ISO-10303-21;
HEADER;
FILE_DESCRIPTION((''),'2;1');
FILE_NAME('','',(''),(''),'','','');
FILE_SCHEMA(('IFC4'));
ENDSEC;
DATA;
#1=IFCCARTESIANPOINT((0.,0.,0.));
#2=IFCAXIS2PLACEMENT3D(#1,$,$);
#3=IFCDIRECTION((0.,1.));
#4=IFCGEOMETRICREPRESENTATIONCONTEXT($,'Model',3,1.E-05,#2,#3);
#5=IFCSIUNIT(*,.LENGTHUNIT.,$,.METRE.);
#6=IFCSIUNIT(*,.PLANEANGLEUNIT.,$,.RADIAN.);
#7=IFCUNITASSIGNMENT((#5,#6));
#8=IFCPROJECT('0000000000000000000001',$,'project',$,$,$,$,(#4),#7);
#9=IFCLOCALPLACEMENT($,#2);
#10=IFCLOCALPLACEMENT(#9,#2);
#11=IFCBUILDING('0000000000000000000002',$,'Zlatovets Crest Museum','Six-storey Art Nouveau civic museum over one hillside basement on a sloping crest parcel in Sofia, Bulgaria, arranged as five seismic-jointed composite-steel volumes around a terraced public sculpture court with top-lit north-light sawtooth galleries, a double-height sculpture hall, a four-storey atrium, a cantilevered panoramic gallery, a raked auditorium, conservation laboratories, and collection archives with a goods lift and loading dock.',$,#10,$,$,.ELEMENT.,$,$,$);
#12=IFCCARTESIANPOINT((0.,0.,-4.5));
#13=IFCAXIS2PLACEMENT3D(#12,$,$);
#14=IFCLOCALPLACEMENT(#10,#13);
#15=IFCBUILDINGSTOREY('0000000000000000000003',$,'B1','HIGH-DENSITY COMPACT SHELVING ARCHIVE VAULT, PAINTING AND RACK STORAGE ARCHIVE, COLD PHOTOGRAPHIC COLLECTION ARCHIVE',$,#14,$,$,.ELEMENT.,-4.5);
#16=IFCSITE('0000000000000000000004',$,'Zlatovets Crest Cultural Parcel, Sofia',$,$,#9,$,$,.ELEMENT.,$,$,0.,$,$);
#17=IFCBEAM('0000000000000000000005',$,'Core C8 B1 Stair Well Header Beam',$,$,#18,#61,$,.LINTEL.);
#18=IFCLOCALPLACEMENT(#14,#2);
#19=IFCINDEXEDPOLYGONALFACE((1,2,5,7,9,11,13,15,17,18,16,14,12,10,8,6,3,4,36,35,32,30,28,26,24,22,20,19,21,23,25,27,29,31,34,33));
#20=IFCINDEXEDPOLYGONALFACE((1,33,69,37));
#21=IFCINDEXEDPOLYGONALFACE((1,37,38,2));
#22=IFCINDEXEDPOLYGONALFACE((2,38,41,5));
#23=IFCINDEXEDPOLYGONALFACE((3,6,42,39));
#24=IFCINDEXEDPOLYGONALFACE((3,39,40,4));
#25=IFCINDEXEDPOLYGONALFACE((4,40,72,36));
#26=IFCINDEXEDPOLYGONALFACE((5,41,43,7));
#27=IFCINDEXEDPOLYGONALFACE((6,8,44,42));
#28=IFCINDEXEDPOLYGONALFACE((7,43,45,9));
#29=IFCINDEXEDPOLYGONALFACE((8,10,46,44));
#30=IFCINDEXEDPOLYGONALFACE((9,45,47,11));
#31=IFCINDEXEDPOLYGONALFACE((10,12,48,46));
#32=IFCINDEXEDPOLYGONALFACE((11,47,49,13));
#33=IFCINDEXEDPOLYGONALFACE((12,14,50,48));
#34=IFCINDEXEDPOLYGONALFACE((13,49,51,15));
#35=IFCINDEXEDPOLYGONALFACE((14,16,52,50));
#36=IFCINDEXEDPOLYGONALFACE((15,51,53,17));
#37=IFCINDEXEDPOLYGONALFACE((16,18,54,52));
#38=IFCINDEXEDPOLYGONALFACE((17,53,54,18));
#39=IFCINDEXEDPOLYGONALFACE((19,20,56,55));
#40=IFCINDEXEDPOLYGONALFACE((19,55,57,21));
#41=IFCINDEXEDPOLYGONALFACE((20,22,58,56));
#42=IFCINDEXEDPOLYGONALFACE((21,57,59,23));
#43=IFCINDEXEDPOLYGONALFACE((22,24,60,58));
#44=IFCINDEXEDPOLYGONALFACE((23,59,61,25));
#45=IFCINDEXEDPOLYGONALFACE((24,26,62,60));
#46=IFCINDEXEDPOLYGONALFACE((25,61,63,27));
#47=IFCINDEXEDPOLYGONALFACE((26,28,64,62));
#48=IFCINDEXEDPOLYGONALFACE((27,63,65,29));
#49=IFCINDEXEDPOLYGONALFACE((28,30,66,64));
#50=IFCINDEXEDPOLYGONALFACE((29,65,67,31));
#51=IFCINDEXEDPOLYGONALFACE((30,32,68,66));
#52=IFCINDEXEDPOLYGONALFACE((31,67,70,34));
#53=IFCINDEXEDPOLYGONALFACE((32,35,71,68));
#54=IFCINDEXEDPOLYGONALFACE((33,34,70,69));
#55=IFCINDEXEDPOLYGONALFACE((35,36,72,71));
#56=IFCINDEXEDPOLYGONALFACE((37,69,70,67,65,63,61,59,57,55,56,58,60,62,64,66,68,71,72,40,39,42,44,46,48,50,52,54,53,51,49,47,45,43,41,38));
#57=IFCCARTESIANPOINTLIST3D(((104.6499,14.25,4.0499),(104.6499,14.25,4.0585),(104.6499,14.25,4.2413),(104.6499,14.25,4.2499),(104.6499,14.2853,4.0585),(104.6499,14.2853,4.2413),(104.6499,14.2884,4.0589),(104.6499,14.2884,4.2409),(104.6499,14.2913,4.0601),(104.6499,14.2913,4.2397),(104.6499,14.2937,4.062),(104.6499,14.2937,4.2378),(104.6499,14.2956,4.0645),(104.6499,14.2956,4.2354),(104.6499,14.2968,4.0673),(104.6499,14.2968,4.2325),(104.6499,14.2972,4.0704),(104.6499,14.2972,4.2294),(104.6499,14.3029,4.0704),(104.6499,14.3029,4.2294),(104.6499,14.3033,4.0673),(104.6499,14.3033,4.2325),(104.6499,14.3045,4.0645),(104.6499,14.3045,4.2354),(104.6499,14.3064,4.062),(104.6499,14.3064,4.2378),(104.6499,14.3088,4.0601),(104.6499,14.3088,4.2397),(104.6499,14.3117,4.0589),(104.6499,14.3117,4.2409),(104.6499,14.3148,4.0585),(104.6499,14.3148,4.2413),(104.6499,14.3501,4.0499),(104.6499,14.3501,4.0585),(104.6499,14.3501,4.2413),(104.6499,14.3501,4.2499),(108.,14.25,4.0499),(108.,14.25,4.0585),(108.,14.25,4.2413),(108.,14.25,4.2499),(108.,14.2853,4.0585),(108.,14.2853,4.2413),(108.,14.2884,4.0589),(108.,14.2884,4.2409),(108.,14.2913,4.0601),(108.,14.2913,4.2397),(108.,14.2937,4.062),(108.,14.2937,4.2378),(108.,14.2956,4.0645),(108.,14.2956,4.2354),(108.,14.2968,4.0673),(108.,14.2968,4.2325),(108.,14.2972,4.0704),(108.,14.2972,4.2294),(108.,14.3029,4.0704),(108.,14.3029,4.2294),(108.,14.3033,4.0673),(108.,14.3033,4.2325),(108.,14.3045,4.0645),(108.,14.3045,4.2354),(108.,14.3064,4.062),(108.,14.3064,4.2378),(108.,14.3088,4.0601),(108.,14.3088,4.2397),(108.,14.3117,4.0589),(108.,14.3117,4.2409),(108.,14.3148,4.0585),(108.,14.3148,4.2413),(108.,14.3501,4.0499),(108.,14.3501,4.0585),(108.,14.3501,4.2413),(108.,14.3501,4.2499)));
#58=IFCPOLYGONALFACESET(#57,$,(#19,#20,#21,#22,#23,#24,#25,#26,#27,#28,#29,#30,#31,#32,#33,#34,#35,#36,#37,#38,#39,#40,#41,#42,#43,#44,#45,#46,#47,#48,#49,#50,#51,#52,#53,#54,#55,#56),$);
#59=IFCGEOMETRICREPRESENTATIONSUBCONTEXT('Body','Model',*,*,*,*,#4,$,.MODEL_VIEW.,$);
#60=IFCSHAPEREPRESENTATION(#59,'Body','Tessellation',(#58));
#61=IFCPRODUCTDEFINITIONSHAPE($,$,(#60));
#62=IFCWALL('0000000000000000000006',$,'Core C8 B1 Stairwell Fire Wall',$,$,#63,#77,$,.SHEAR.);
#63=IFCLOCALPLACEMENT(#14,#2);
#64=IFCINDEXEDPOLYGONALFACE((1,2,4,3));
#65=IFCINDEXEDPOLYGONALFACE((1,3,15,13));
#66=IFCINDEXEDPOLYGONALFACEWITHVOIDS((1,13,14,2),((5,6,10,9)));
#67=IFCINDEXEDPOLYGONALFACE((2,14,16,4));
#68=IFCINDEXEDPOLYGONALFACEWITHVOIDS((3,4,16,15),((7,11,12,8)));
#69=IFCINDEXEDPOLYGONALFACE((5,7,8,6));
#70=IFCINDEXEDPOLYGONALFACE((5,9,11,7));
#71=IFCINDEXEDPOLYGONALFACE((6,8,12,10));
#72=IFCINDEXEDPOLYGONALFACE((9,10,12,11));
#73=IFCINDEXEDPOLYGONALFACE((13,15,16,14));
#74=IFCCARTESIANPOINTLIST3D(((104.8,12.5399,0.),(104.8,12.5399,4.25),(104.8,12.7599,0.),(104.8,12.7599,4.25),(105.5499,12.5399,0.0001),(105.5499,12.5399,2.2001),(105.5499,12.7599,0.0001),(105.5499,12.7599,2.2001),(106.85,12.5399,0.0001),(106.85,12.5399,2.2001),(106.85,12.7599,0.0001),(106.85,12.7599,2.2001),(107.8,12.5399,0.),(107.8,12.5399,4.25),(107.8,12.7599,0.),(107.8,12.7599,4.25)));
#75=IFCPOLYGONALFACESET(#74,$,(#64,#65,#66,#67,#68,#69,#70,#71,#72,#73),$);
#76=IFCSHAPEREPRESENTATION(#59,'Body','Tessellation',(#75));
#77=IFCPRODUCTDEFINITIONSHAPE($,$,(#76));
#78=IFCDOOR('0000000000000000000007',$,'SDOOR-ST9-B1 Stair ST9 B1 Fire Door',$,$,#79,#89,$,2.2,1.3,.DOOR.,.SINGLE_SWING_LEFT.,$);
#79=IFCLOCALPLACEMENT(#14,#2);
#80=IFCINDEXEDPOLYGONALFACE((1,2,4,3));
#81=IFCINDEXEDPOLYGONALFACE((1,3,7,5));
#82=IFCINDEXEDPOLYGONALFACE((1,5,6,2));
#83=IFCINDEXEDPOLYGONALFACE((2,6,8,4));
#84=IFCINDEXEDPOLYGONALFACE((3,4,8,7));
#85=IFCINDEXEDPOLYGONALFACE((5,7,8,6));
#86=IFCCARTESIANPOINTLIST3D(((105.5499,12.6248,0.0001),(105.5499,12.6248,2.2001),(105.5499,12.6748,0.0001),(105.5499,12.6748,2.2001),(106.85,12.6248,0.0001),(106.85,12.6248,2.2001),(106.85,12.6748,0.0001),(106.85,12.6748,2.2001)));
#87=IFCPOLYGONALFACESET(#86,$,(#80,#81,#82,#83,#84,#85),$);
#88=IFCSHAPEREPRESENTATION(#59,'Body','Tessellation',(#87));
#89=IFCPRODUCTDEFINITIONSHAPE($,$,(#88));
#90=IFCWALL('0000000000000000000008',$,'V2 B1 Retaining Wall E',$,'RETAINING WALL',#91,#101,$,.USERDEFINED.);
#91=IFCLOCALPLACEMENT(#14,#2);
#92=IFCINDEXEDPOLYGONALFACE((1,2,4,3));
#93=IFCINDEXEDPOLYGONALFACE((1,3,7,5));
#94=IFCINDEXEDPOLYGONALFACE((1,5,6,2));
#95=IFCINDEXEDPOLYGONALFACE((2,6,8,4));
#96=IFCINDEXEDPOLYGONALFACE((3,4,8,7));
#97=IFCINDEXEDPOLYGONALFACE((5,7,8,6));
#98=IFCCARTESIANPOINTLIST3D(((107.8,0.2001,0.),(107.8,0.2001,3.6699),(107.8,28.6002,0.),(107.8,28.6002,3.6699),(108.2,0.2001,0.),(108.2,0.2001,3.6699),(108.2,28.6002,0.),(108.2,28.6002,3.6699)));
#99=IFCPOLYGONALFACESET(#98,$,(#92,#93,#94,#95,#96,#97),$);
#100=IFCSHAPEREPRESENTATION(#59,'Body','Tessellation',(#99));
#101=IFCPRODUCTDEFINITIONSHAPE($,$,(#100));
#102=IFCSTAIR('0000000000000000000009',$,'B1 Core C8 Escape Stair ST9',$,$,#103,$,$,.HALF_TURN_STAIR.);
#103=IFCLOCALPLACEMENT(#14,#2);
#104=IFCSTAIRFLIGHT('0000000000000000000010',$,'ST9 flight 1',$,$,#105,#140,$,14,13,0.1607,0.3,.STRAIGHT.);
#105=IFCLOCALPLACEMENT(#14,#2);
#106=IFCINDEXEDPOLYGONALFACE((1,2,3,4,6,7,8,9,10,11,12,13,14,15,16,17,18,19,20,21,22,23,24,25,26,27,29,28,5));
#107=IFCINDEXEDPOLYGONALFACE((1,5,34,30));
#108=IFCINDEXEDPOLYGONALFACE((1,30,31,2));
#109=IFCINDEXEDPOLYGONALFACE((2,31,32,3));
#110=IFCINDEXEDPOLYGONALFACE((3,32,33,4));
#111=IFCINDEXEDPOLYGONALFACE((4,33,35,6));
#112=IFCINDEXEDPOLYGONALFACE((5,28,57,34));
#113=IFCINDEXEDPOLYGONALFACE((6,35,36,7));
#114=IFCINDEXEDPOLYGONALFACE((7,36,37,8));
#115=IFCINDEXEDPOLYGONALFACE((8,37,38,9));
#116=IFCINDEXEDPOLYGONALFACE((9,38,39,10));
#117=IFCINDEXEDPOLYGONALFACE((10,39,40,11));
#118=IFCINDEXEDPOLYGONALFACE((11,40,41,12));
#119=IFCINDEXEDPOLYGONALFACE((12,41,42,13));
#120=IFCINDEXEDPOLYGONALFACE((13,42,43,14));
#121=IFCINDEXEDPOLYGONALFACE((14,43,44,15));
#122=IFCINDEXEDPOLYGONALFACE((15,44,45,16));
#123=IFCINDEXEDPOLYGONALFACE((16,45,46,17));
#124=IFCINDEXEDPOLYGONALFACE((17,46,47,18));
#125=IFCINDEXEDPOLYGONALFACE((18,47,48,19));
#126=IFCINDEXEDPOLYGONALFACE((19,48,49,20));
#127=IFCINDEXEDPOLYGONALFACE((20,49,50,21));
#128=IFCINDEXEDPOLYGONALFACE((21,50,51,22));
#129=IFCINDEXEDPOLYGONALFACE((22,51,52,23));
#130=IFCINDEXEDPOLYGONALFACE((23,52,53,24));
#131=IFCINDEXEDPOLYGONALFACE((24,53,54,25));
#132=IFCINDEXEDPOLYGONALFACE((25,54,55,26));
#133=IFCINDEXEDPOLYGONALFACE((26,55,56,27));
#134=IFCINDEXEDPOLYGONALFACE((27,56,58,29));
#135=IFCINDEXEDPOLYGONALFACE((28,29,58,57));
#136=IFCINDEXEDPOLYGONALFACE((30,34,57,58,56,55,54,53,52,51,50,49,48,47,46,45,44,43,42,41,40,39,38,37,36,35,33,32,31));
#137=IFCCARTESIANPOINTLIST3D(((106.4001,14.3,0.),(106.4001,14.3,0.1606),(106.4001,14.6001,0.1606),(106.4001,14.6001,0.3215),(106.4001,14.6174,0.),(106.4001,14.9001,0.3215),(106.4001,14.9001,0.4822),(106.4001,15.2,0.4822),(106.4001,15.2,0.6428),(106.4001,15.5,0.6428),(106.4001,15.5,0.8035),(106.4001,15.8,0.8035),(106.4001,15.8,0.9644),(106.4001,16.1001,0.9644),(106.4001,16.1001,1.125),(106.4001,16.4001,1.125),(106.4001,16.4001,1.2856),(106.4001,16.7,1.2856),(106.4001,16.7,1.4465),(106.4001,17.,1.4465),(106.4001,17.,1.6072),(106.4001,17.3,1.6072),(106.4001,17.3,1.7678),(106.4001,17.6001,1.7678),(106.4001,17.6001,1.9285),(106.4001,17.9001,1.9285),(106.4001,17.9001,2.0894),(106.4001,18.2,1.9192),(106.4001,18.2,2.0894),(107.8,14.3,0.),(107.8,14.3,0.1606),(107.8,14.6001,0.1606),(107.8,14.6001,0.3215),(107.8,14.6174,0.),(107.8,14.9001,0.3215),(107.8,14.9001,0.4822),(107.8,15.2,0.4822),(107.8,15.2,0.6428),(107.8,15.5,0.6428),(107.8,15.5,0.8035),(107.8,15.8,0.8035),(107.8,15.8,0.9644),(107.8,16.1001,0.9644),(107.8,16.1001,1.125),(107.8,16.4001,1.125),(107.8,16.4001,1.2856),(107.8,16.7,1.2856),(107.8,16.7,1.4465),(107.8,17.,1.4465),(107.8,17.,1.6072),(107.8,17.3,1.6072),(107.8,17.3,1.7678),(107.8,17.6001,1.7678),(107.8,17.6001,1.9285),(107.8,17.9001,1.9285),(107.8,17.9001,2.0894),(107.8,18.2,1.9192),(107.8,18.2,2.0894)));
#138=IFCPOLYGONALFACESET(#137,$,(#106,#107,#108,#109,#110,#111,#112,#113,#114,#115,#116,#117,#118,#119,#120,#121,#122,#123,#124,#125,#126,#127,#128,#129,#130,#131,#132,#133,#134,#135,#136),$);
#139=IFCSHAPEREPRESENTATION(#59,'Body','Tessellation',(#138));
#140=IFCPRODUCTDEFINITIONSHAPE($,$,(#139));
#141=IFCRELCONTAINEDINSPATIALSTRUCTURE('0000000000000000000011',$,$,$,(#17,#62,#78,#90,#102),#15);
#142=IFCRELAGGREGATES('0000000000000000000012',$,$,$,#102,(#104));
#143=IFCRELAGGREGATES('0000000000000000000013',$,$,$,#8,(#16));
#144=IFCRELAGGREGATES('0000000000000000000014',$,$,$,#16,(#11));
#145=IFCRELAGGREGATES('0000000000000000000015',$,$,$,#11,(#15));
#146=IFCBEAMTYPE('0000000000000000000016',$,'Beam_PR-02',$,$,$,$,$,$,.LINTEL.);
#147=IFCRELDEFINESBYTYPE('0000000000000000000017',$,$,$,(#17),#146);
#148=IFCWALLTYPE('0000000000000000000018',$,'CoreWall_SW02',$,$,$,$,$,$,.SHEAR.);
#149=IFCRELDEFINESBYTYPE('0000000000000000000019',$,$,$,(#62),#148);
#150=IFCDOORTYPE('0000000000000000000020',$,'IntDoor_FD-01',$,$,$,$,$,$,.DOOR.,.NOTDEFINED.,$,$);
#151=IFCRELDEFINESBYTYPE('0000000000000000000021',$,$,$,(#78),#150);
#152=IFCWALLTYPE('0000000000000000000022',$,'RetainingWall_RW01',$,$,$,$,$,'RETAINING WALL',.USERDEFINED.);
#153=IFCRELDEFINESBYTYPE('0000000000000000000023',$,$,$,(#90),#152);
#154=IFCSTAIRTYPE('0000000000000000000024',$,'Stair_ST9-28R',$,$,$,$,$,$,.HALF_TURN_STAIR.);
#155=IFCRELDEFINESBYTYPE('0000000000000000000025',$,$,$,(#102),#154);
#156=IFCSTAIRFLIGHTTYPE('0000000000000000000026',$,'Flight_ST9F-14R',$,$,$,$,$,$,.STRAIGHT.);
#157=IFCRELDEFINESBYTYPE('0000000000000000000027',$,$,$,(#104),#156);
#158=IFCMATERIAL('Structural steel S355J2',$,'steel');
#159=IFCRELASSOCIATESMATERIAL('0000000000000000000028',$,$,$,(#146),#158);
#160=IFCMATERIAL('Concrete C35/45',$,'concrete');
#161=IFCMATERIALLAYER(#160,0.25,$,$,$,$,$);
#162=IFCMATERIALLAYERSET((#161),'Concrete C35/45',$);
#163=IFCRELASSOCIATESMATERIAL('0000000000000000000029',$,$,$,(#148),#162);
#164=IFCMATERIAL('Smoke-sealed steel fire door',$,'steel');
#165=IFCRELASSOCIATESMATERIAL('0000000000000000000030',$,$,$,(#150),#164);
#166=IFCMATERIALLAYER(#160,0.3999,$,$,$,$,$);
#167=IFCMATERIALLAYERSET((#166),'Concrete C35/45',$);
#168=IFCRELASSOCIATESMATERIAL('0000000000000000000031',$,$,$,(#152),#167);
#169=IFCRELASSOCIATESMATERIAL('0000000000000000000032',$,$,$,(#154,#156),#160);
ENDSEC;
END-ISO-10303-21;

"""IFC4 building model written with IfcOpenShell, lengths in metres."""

from ifc_helpers import new_model, si_unit, direction, frame, frame_2d, origin, origin_2d, place, context, subcontext, project, spatial, polyline, rectangle, i_section, outline, extrude, material, layer, layer_set, material_profile, profile_set, type_object, element, fill, aggregate, save


model = new_model("IFC4")

# Units and contexts
model_context = context("Model", 3, precision=1e-05, world=origin(), true_north=direction((0.0, 1.0)))
body_context = subcontext(model_context, "Body", "Model", "MODEL_VIEW")
ifc_project = project(units=[si_unit("LENGTHUNIT", "METRE"), si_unit("PLANEANGLEUNIT", "RADIAN")], contexts=[model_context])

# Site, building, storey
site_placement = place(None, origin())
site = spatial("IfcSite", under=ifc_project, at=site_placement, Name="Zlatovets Crest Cultural Parcel, Sofia", CompositionType="ELEMENT", RefElevation=0.0)
building_placement = place(site_placement, origin())
building = spatial("IfcBuilding", under=site, at=building_placement, Name="Zlatovets Crest Museum", Description="Six-storey Art Nouveau civic museum over one hillside basement on a sloping crest parcel in Sofia, Bulgaria, arranged as five seismic-jointed composite-steel volumes around a terraced public sculpture court with top-lit north-light sawtooth galleries, a double-height sculpture hall, a four-storey atrium, a cantilevered panoramic gallery, a raked auditorium, conservation laboratories, and collection archives with a goods lift and loading dock.", CompositionType="ELEMENT")
storey_placement = place(building_placement, frame((0.0, 0.0, -4.5)))
storey = spatial("IfcBuildingStorey", under=building, at=storey_placement, Name="B1", Description="HIGH-DENSITY COMPACT SHELVING ARCHIVE VAULT, PAINTING AND RACK STORAGE ARCHIVE, COLD PHOTOGRAPHIC COLLECTION ARCHIVE", CompositionType="ELEMENT", Elevation=-4.5)

# Shared definitions
ifc_material_1 = material(Name="Concrete C35/45", Category="concrete")

# Beam
ifc_material_2 = material(Name="Structural steel S355J2", Category="steel")
ifc_material_profile_1 = material_profile(ifc_material_2, i_section(OverallWidth=0.1001, OverallDepth=0.2, WebThickness=0.0056, FlangeThickness=0.0085, FilletRadius=0.012, at=origin_2d()), Name="IPE 200")
ifc_profile_set_1 = profile_set([ifc_material_profile_1], Name="Structural steel S355J2")
beam_type = type_object("IfcBeamType", Name="Beam_PR-02", PredefinedType="LINTEL", material=ifc_profile_set_1)
beam_placement = place(storey_placement, frame((104.6499, 14.3, 4.1499), z_axis=(1.0, 0.0, 0.0), x_axis=(0.0, 1.0, 0.0)))
element("IfcBeam", 1, at=beam_placement, inside=storey, type_object=beam_type, Name="Core C8 B1 Stair Well Header Beam", PredefinedType="LINTEL", context=body_context, shape_type="SweptSolid", body=[
    extrude(i_section(OverallWidth=0.1001, OverallDepth=0.2, WebThickness=0.0056, FlangeThickness=0.0085, FilletRadius=0.012, at=origin_2d()), origin(), (0.0, 0.0, 1.0), 3.3501),
])

# Wall, opening, door
ifc_layer_1 = layer(ifc_material_1, 0.25)
ifc_layer_set_1 = layer_set([ifc_layer_1], Name="Concrete C35/45")
wall_type_1 = type_object("IfcWallType", Name="CoreWall_SW02", PredefinedType="SHEAR", material=ifc_layer_set_1)
wall_1_placement = place(storey_placement, frame((104.8, 12.6499, 0.0), z_axis=(0.0, 0.0, 1.0), x_axis=(1.0, 0.0, 0.0)))
wall_1 = element("IfcWall", 2, at=wall_1_placement, inside=storey, type_object=wall_type_1, Name="Core C8 B1 Stairwell Fire Wall", PredefinedType="SHEAR", context=body_context, shape_type="SweptSolid", body=[
    extrude(rectangle(XDim=3.0, YDim=0.22, at=frame_2d((1.5, 0.0))), origin(), (0.0, 0.0, 1.0), 4.25),
])
opening_placement = place(wall_1_placement, frame((0.75, 0.0, 0.0)))
opening = element("IfcOpeningElement", 3, at=opening_placement, cuts=wall_1, PredefinedType="OPENING", context=body_context, shape_type="SweptSolid", body=[
    extrude(rectangle(XDim=1.3, YDim=2.2, at=frame_2d((0.6499, 1.1001))), frame((0.0, 0.1201, 0.0), z_axis=(0.0, -1.0, 0.0), x_axis=(1.0, 0.0, 0.0)), (0.0, 0.0, 1.0), 0.24),
])
ifc_material_3 = material(Name="Smoke-sealed steel fire door", Category="steel")
door_type = type_object("IfcDoorType", Name="IntDoor_FD-01", OperationType="NOTDEFINED", PredefinedType="DOOR", material=ifc_material_3)
door_placement = place(opening_placement, origin())
door = element("IfcDoor", 4, at=door_placement, inside=storey, type_object=door_type, Name="SDOOR-ST9-B1 Stair ST9 B1 Fire Door", OperationType="SINGLE_SWING_LEFT", OverallHeight=2.2, OverallWidth=1.3, PredefinedType="DOOR", context=body_context, shape_type="SweptSolid", body=[
    extrude(rectangle(XDim=1.3, YDim=2.2, at=frame_2d((0.6499, 1.1001))), frame((0.0, 0.0249, 0.0), z_axis=(0.0, -1.0, 0.0), x_axis=(1.0, 0.0, 0.0)), (0.0, 0.0, 1.0), 0.05),
])
fill(opening, door)

# Wall
ifc_layer_2 = layer(ifc_material_1, 0.3999)
ifc_layer_set_2 = layer_set([ifc_layer_2], Name="Concrete C35/45")
wall_type_2 = type_object("IfcWallType", Name="RetainingWall_RW01", ElementType="RETAINING WALL", PredefinedType="USERDEFINED", material=ifc_layer_set_2)
wall_2_placement = place(storey_placement, frame((108.0, 0.2, 0.0), z_axis=(0.0, 0.0, 1.0), x_axis=(0.0, 1.0, 0.0)))
element("IfcWall", 5, at=wall_2_placement, inside=storey, type_object=wall_type_2, Name="V2 B1 Retaining Wall E", ObjectType="RETAINING WALL", PredefinedType="USERDEFINED", context=body_context, shape_type="SweptSolid", body=[
    extrude(rectangle(XDim=28.4001, YDim=0.3999, at=frame_2d((14.2002, 0.0))), origin(), (0.0, 0.0, 1.0), 3.6699),
])

# Stair, stair flight
stair_type = type_object("IfcStairType", Name="Stair_ST9-28R", PredefinedType="HALF_TURN_STAIR", material=ifc_material_1)
stair_placement = place(storey_placement, origin())
stair = element("IfcStair", 6, at=stair_placement, inside=storey, type_object=stair_type, Name="B1 Core C8 Escape Stair ST9", PredefinedType="HALF_TURN_STAIR")
stair_flight_type = type_object("IfcStairFlightType", Name="Flight_ST9F-14R", PredefinedType="STRAIGHT", material=ifc_material_1)
stair_flight_placement = place(storey_placement, frame((107.1001, 14.3, 0.0), z_axis=(0.0, 0.0, 1.0), x_axis=(0.0, 1.0, 0.0)))
stair_flight = element("IfcStairFlight", 7, at=stair_flight_placement, type_object=stair_flight_type, Name="ST9 flight 1", NumberOfRisers=14, NumberOfTreads=13, PredefinedType="STRAIGHT", RiserHeight=0.1607, TreadLength=0.3, context=body_context, shape_type="SweptSolid", body=[
    extrude(outline(polyline([(0.0, 0.0), (0.0, 0.1606), (0.3, 0.1606), (0.3, 0.3215), (0.6001, 0.3215), (0.6001, 0.4822), (0.8999, 0.4822), (0.8999, 0.6428), (1.2, 0.6428), (1.2, 0.8035), (1.5, 0.8035), (1.5, 0.9644), (1.8, 0.9644), (1.8, 1.125), (2.1001, 1.125), (2.1001, 1.2856), (2.3999, 1.2856), (2.3999, 1.4465), (2.7, 1.4465), (2.7, 1.6072), (3.0, 1.6072), (3.0, 1.7678), (3.3, 1.7678), (3.3, 1.9285), (3.6001, 1.9285), (3.6001, 2.0894), (3.8999, 2.0894), (3.8999, 2.25), (3.8999, 1.9192), (0.3174, 0.0), (0.0, 0.0)])), frame((0.0, 0.7, 0.0), z_axis=(0.0, -1.0, 0.0), x_axis=(1.0, 0.0, 0.0)), (0.0, 0.0, 1.0), 1.3999),
])
aggregate(stair, [stair_flight])

save(model, "model.ifc")
